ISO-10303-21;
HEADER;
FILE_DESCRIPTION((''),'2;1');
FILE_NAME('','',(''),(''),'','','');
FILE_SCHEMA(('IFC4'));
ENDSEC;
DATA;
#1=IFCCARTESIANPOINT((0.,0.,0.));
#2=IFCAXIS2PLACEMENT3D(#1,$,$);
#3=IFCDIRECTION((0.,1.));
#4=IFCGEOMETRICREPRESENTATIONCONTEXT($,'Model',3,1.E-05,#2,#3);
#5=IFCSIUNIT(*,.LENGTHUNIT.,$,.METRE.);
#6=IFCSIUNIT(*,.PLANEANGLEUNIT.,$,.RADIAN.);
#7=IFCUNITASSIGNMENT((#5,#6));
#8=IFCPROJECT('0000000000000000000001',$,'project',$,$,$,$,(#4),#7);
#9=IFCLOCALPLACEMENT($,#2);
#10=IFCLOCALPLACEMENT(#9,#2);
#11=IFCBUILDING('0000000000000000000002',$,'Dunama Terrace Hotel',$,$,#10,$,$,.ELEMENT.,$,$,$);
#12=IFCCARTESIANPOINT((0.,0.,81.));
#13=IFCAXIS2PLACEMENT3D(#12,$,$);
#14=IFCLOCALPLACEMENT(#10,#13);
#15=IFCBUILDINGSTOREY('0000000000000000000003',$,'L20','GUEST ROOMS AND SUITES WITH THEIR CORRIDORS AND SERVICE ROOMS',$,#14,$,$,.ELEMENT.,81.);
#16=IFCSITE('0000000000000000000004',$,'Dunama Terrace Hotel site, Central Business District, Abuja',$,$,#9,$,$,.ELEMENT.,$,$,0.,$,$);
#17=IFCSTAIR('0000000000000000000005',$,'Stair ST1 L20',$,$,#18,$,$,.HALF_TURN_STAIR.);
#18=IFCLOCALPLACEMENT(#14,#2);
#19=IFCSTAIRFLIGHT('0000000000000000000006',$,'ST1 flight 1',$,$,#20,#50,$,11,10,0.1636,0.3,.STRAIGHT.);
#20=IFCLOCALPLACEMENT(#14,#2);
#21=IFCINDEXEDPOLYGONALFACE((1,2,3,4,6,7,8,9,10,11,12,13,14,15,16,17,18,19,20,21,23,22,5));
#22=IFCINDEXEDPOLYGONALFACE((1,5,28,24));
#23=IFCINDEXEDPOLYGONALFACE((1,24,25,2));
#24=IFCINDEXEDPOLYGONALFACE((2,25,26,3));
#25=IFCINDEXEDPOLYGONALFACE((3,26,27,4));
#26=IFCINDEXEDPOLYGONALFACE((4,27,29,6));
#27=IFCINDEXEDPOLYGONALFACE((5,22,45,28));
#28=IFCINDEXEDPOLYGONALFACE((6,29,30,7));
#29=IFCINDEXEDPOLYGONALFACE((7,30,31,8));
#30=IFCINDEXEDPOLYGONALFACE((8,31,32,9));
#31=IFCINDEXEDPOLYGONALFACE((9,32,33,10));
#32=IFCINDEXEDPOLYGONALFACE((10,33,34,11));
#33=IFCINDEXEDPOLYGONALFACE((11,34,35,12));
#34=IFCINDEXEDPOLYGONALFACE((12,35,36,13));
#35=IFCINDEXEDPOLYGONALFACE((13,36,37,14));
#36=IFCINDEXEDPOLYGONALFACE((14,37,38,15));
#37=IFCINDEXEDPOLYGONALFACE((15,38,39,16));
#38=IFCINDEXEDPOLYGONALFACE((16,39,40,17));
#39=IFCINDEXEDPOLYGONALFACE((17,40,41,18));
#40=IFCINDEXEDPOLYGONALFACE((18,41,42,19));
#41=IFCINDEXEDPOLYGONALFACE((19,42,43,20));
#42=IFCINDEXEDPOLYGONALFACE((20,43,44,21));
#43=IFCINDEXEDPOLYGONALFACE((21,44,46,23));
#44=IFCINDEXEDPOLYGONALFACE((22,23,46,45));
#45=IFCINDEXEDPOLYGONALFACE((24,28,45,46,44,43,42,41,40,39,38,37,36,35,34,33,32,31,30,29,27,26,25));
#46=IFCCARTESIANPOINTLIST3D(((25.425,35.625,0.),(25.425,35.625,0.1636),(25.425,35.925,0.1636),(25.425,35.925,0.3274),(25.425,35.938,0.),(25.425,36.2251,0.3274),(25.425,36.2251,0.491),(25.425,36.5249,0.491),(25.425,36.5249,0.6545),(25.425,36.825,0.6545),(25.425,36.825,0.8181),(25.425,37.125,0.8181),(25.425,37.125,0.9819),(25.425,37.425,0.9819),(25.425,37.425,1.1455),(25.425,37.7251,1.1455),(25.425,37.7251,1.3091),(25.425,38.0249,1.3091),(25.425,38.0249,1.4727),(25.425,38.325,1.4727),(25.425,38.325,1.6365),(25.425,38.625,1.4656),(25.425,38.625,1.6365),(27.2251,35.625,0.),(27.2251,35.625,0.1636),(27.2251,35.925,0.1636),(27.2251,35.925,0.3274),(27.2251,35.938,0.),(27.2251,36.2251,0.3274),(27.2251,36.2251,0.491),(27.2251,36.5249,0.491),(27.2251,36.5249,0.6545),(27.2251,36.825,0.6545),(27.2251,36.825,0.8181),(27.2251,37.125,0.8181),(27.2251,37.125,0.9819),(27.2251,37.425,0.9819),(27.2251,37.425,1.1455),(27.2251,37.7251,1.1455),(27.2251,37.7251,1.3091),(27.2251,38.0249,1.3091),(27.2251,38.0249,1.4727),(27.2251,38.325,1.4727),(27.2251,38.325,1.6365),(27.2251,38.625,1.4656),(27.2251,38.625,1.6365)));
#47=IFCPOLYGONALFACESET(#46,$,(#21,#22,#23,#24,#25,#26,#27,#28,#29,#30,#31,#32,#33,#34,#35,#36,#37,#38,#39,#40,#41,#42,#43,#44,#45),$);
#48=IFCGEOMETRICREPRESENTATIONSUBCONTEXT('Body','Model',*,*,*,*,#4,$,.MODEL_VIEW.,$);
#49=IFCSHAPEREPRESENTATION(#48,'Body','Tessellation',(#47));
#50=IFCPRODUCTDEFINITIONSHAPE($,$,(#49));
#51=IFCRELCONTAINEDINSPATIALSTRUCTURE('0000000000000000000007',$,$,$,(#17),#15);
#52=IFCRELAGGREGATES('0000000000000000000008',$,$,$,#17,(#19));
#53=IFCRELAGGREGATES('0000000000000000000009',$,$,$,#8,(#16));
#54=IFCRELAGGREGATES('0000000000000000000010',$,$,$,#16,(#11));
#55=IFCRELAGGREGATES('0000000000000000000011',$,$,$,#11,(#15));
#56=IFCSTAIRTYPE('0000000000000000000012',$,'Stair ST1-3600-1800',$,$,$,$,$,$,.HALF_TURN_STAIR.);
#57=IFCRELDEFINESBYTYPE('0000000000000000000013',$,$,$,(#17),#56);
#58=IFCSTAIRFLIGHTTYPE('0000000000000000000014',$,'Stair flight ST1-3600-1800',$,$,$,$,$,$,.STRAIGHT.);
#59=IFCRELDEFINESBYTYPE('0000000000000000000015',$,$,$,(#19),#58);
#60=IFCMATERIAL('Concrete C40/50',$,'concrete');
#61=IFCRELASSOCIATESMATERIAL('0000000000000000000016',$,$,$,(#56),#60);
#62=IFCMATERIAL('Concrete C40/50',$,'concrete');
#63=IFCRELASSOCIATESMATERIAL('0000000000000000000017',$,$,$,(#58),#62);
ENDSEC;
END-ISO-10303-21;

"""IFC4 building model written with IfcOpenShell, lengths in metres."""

from ifc_helpers import new_model, si_unit, direction, frame, origin, place, context, subcontext, project, spatial, polyline, outline, extrude, material, type_object, element, aggregate, save


model = new_model("IFC4")

# Units and contexts
model_context = context("Model", 3, precision=1e-05, world=origin(), true_north=direction((0.0, 1.0)))
body_context = subcontext(model_context, "Body", "Model", "MODEL_VIEW")
ifc_project = project(units=[si_unit("LENGTHUNIT", "METRE"), si_unit("PLANEANGLEUNIT", "RADIAN")], contexts=[model_context])

# Site, building, storey
site_placement = place(None, origin())
site = spatial("IfcSite", under=ifc_project, at=site_placement, Name="Dunama Terrace Hotel site, Central Business District, Abuja", CompositionType="ELEMENT", RefElevation=0.0)
building_placement = place(site_placement, origin())
building = spatial("IfcBuilding", under=site, at=building_placement, Name="Dunama Terrace Hotel", CompositionType="ELEMENT")
storey_placement = place(building_placement, frame((0.0, 0.0, 81.0)))
storey = spatial("IfcBuildingStorey", under=building, at=storey_placement, Name="L20", Description="GUEST ROOMS AND SUITES WITH THEIR CORRIDORS AND SERVICE ROOMS", CompositionType="ELEMENT", Elevation=81.0)

# Stair, stair flight
ifc_material_1 = material(Name="Concrete C40/50", Category="concrete")
stair_type = type_object("IfcStairType", Name="Stair ST1-3600-1800", PredefinedType="HALF_TURN_STAIR", material=ifc_material_1)
stair_placement = place(storey_placement, origin())
stair = element("IfcStair", 1, at=stair_placement, inside=storey, type_object=stair_type, Name="Stair ST1 L20", PredefinedType="HALF_TURN_STAIR")
ifc_material_2 = material(Name="Concrete C40/50", Category="concrete")
stair_flight_type = type_object("IfcStairFlightType", Name="Stair flight ST1-3600-1800", PredefinedType="STRAIGHT", material=ifc_material_2)
stair_flight_placement = place(storey_placement, frame((26.325, 35.625, 0.0), z_axis=(0.0, 0.0, 1.0), x_axis=(0.0, 1.0, 0.0)))
stair_flight = element("IfcStairFlight", 2, at=stair_flight_placement, type_object=stair_flight_type, Name="ST1 flight 1", NumberOfRisers=11, NumberOfTreads=10, PredefinedType="STRAIGHT", RiserHeight=0.1636, TreadLength=0.3, context=body_context, shape_type="SweptSolid", body=[
    extrude(outline(polyline([(0.0, 0.0), (0.0, 0.1636), (0.3, 0.1636), (0.3, 0.3274), (0.6001, 0.3274), (0.6001, 0.491), (0.8999, 0.491), (0.8999, 0.6545), (1.2, 0.6545), (1.2, 0.8181), (1.5, 0.8181), (1.5, 0.9819), (1.8, 0.9819), (1.8, 1.1455), (2.1001, 1.1455), (2.1001, 1.3091), (2.3999, 1.3091), (2.3999, 1.4727), (2.7, 1.4727), (2.7, 1.6365), (3.0, 1.6365), (3.0, 1.8), (3.0, 1.4656), (0.313, 0.0), (0.0, 0.0)])), frame((0.0, 0.8999, 0.0), z_axis=(0.0, -1.0, 0.0), x_axis=(1.0, 0.0, 0.0)), (0.0, 0.0, 1.0), 1.8),
])
aggregate(stair, [stair_flight])

save(model, "model.ifc")
